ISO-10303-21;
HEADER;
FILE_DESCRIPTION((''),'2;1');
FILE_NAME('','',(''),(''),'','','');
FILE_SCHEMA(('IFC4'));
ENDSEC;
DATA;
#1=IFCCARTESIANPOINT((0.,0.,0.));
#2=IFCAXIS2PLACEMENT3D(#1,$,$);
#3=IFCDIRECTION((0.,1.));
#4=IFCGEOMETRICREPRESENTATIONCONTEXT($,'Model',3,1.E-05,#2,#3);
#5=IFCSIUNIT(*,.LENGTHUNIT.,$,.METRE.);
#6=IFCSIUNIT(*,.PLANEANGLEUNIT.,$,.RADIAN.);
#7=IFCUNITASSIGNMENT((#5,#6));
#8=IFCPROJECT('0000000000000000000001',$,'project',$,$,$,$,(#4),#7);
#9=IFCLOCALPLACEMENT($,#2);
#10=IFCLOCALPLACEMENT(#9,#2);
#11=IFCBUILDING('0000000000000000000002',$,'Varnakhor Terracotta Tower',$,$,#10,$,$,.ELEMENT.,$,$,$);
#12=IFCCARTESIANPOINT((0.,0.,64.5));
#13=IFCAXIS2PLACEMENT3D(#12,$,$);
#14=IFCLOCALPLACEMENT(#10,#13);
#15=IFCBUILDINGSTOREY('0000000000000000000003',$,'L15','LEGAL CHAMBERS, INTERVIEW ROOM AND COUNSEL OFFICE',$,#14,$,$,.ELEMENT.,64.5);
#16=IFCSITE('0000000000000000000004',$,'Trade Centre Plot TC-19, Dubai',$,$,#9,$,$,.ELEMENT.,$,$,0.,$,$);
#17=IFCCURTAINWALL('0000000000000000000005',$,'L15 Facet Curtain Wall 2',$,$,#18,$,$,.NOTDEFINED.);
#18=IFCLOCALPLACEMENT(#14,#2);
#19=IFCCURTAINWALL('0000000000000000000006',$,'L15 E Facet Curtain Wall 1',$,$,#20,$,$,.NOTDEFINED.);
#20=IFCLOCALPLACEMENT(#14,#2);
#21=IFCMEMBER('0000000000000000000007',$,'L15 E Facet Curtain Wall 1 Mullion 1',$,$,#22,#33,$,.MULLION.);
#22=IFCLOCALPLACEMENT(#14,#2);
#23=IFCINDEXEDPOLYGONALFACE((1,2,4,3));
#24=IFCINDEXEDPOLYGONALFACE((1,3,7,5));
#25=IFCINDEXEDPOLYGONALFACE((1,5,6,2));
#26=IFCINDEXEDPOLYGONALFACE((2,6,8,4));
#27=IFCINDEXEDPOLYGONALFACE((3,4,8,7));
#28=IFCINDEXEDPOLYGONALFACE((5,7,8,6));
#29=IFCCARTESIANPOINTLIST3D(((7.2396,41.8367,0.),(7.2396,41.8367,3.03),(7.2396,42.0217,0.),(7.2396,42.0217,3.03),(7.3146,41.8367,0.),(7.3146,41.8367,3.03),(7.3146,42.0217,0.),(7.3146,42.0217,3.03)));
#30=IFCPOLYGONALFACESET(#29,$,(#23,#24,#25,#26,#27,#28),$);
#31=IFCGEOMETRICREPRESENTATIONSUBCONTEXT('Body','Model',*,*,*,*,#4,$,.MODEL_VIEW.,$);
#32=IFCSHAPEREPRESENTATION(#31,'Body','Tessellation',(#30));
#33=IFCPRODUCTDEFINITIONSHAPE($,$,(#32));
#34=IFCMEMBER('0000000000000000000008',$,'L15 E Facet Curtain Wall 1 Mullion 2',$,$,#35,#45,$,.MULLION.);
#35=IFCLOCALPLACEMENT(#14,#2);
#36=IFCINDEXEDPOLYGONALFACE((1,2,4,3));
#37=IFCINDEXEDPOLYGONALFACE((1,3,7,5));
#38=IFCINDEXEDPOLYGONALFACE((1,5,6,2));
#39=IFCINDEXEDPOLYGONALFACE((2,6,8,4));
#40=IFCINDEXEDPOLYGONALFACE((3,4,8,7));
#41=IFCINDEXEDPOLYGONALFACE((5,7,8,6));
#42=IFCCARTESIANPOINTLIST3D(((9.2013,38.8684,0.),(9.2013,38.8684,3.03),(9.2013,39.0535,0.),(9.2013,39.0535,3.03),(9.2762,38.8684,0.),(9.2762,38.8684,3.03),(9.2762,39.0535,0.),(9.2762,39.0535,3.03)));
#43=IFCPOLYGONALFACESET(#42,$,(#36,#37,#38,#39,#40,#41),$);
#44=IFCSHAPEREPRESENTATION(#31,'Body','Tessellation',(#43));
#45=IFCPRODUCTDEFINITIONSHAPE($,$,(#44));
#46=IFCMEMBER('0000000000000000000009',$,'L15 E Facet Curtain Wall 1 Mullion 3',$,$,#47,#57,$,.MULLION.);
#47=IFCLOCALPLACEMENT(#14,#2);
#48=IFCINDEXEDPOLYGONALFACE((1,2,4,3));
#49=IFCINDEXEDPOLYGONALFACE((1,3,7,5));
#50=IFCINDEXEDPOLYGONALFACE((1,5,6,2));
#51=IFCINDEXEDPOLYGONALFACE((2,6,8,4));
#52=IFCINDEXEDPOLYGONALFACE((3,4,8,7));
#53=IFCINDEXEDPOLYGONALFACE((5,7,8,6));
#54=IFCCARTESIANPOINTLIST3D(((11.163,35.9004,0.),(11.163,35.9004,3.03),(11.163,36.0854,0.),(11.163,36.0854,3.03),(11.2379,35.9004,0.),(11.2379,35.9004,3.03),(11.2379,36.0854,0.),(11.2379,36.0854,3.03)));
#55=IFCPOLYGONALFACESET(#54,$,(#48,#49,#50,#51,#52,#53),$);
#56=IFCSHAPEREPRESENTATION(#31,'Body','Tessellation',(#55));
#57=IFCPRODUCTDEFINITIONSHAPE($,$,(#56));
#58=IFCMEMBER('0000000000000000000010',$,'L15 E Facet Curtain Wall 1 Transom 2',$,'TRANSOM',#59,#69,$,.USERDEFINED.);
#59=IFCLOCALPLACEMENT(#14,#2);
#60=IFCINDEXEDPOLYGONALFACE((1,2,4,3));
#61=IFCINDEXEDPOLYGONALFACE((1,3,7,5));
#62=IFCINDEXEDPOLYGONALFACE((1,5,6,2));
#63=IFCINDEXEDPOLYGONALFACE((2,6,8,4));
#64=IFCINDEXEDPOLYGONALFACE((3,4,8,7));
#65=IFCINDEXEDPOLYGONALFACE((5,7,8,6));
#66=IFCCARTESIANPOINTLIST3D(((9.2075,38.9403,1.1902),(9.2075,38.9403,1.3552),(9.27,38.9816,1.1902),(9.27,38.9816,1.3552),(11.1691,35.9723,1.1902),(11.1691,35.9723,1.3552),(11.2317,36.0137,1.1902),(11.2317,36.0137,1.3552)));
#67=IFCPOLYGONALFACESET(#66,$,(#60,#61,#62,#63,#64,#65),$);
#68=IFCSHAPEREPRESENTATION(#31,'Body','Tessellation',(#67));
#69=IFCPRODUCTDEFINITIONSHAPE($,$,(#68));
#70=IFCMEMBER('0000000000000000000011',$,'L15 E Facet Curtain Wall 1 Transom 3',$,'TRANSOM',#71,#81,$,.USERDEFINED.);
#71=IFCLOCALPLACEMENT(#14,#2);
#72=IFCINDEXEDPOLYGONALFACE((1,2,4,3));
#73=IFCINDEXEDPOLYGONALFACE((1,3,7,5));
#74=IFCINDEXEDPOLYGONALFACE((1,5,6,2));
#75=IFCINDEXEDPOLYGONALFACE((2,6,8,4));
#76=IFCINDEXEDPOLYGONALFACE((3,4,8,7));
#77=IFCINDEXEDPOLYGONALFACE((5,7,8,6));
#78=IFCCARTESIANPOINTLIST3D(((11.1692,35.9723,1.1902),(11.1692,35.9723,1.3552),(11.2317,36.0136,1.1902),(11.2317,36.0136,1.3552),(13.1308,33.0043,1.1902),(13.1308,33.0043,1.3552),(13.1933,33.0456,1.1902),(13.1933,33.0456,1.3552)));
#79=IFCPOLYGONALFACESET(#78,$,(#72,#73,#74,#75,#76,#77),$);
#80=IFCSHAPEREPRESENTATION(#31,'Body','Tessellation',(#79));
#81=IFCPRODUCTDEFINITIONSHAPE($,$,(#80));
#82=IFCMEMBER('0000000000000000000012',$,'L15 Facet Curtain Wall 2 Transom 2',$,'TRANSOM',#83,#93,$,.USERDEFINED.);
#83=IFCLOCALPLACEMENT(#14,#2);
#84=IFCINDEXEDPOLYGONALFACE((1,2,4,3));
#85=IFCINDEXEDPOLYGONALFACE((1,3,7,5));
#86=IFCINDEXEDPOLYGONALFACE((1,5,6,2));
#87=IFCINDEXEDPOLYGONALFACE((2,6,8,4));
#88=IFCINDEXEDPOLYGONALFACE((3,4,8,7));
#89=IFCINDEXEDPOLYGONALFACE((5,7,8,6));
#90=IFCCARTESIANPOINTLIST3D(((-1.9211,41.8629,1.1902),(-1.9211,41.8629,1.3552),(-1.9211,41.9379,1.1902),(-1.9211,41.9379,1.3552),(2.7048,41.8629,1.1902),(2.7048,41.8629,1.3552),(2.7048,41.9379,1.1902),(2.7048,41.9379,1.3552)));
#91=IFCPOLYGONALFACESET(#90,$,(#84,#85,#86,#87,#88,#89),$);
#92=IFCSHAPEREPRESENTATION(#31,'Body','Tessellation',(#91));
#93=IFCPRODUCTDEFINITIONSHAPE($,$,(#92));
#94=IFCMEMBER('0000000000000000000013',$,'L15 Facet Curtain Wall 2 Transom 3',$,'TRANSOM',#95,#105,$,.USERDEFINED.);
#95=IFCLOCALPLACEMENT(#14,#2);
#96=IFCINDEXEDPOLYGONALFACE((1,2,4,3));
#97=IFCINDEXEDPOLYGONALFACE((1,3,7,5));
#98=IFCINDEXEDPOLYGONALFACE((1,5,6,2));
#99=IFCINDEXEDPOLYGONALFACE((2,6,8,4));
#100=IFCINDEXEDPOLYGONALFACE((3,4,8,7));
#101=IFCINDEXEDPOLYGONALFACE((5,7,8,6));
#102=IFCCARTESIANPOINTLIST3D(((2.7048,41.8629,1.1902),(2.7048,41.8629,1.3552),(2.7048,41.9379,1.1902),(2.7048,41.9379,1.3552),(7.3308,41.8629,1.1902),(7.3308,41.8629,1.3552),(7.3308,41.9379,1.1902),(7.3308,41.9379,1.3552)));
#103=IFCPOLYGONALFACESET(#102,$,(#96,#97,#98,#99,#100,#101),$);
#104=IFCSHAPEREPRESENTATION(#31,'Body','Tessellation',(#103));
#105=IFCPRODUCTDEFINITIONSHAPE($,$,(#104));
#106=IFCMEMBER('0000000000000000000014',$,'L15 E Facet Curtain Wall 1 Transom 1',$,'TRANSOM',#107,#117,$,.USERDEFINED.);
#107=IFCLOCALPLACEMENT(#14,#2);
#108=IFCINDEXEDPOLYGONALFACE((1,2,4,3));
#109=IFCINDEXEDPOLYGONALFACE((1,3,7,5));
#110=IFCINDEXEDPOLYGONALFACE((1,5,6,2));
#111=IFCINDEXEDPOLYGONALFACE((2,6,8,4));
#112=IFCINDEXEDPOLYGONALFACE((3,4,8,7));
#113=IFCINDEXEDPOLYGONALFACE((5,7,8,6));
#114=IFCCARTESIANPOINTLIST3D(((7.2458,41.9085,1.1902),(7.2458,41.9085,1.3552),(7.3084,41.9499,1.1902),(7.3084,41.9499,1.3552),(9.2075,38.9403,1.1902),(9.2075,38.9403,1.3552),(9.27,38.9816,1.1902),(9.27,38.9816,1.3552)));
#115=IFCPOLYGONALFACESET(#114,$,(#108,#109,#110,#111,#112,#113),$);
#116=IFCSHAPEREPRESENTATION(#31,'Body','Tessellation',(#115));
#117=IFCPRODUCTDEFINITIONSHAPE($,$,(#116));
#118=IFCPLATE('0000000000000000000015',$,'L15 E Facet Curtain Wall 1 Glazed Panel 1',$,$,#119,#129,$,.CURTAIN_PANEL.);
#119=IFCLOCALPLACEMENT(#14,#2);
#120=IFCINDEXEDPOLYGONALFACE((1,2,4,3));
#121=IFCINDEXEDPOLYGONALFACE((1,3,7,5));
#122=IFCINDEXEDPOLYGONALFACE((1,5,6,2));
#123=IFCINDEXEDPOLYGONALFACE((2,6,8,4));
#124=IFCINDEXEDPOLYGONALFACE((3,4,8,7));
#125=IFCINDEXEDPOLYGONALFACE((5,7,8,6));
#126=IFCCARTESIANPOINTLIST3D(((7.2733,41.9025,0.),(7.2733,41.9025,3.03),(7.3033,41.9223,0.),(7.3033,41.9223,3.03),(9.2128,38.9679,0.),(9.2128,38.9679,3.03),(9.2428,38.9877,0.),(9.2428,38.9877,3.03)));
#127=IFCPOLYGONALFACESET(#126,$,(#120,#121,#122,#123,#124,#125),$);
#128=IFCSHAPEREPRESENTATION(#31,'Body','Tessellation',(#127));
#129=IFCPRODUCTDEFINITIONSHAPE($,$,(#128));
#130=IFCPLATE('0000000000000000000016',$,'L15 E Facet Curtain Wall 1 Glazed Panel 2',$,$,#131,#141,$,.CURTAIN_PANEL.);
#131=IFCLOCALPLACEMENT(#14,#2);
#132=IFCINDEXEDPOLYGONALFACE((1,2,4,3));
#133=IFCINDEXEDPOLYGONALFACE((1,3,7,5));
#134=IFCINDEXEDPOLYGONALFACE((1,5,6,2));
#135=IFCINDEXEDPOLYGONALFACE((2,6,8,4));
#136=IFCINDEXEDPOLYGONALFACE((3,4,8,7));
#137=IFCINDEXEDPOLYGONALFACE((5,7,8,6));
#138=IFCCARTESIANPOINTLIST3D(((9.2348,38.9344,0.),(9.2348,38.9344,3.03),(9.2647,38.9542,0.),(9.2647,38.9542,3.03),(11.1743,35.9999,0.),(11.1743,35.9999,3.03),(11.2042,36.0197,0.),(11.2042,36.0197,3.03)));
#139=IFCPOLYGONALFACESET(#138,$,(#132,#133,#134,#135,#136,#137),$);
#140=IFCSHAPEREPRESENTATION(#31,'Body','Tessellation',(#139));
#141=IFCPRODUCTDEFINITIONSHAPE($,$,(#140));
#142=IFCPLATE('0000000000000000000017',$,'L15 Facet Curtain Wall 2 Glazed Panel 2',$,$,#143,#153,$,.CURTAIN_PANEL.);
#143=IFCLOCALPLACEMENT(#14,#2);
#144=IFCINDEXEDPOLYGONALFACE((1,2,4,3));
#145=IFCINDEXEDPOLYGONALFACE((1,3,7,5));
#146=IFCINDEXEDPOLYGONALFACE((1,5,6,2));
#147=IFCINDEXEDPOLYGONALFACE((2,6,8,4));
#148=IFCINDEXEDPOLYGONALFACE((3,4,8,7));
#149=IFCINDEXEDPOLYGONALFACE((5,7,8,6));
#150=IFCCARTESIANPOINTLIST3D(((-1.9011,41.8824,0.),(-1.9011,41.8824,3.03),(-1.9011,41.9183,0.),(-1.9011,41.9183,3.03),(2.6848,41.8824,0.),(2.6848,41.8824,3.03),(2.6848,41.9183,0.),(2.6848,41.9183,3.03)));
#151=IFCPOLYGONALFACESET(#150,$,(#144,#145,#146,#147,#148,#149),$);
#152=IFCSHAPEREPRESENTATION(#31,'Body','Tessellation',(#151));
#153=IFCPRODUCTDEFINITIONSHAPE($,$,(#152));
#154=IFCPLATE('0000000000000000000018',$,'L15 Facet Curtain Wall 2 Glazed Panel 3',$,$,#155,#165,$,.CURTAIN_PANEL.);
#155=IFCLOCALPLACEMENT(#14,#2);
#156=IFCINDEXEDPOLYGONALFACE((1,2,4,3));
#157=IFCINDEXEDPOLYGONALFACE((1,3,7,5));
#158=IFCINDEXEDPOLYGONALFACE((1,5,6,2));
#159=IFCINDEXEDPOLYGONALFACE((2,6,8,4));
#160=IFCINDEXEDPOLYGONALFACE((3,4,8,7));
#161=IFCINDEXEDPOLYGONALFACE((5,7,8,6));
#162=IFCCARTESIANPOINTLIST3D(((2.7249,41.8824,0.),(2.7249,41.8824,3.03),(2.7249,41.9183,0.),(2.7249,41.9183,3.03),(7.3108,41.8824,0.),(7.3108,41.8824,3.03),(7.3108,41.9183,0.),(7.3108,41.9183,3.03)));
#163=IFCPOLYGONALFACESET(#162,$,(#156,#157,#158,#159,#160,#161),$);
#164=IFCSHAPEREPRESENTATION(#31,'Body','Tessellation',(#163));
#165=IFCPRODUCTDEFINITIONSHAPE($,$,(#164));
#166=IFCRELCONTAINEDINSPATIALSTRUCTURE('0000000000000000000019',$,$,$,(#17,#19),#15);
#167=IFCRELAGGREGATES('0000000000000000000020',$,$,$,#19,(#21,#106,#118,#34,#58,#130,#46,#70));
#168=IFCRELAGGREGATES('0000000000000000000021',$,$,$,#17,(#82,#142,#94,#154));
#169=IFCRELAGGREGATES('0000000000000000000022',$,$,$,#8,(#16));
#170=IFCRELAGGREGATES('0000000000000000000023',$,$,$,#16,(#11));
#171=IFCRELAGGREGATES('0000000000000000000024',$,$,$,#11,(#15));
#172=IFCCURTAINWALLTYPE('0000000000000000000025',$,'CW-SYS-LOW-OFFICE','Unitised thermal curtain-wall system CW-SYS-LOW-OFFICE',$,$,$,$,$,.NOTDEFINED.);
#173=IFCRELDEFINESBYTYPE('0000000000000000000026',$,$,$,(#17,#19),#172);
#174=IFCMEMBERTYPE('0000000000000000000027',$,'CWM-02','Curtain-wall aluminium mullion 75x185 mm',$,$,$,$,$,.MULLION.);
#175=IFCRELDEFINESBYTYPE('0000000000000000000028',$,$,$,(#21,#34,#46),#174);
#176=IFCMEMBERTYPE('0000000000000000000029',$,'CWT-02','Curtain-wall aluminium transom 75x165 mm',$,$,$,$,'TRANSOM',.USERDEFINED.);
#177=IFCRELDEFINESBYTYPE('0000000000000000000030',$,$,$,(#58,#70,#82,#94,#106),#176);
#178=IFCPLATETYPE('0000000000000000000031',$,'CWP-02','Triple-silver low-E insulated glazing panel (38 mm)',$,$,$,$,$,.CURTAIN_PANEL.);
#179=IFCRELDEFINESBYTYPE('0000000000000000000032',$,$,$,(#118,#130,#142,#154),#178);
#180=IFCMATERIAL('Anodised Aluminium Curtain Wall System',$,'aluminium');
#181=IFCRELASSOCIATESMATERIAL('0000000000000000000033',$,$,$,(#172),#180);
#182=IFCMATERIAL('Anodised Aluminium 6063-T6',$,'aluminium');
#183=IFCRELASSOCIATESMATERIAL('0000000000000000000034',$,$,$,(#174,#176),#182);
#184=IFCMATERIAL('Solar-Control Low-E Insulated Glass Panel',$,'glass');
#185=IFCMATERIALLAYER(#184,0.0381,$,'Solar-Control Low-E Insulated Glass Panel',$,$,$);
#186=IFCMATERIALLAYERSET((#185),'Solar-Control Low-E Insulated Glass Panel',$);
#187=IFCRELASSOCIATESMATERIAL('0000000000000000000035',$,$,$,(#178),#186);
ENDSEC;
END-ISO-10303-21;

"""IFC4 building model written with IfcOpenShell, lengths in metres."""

from ifc_helpers import new_model, si_unit, direction, frame, origin, origin_2d, place, context, subcontext, project, spatial, rectangle, extrude, source, transform, mapped, material, layer, layer_set, material_profile, profile_set, type_object, type_shapes, element, aggregate, save


model = new_model("IFC4")

# Units and contexts
model_context = context("Model", 3, precision=1e-05, world=origin(), true_north=direction((0.0, 1.0)))
body_context = subcontext(model_context, "Body", "Model", "MODEL_VIEW")
ifc_project = project(units=[si_unit("LENGTHUNIT", "METRE"), si_unit("PLANEANGLEUNIT", "RADIAN")], contexts=[model_context])

# Site, building, storey
site_placement = place(None, origin())
site = spatial("IfcSite", under=ifc_project, at=site_placement, Name="Trade Centre Plot TC-19, Dubai", CompositionType="ELEMENT", RefElevation=0.0)
building_placement = place(site_placement, origin())
building = spatial("IfcBuilding", under=site, at=building_placement, Name="Varnakhor Terracotta Tower", CompositionType="ELEMENT")
storey_placement = place(building_placement, frame((0.0, 0.0, 64.5)))
storey = spatial("IfcBuildingStorey", under=building, at=storey_placement, Name="L15", Description="LEGAL CHAMBERS, INTERVIEW ROOM AND COUNSEL OFFICE", CompositionType="ELEMENT", Elevation=64.5)

# Curtain wall
ifc_material_1 = material(Name="Anodised Aluminium Curtain Wall System", Category="aluminium")
curtain_wall_type = type_object("IfcCurtainWallType", Name="CW-SYS-LOW-OFFICE", Description="Unitised thermal curtain-wall system CW-SYS-LOW-OFFICE", PredefinedType="NOTDEFINED", material=ifc_material_1)
curtain_wall_1_placement = place(storey_placement, origin())
curtain_wall_1 = element("IfcCurtainWall", 1, at=curtain_wall_1_placement, inside=storey, type_object=curtain_wall_type, Name="L15 Facet Curtain Wall 2", PredefinedType="NOTDEFINED")
ifc_material_2 = material(Name="Anodised Aluminium 6063-T6", Category="aluminium")
ifc_material_profile_1 = material_profile(ifc_material_2, rectangle(XDim=0.075, YDim=0.1851, at=origin_2d()), Name="ALU MULLION 75x185")
ifc_profile_set_1 = profile_set([ifc_material_profile_1], Name="Anodised Aluminium 6063-T6")
member_type_1 = type_object("IfcMemberType", Name="CWM-02", Description="Curtain-wall aluminium mullion 75x185 mm", PredefinedType="MULLION", material=ifc_profile_set_1)
shared_shape_1 = source(origin(), body_context, "Body", "SweptSolid", [
    extrude(rectangle(XDim=0.075, YDim=0.1851, at=origin_2d()), origin(), (0.0, 0.0, 1.0), 3.03),
])
type_shapes(member_type_1, [shared_shape_1])

# Curtain wall, members
curtain_wall_2_placement = place(storey_placement, origin())
curtain_wall_2 = element("IfcCurtainWall", 2, at=curtain_wall_2_placement, inside=storey, type_object=curtain_wall_type, Name="L15 E Facet Curtain Wall 1", PredefinedType="NOTDEFINED")
member_1_placement = place(storey_placement, frame((7.2771, 41.9292, 0.0), z_axis=(0.0, 0.0, 1.0), x_axis=(1.0, 0.0, 0.0)))
member_1 = element("IfcMember", 3, at=member_1_placement, type_object=member_type_1, Name="L15 E Facet Curtain Wall 1 Mullion 1", PredefinedType="MULLION", context=body_context, shape_type="MappedRepresentation", body=[
    mapped(shared_shape_1, transform((0.0, 0.0, 0.0), scale=1.0)),
])
member_2_placement = place(storey_placement, frame((9.2388, 38.9609, 0.0), z_axis=(0.0, 0.0, 1.0), x_axis=(1.0, 0.0, 0.0)))
member_2 = element("IfcMember", 4, at=member_2_placement, type_object=member_type_1, Name="L15 E Facet Curtain Wall 1 Mullion 2", PredefinedType="MULLION", context=body_context, shape_type="MappedRepresentation", body=[
    mapped(shared_shape_1, transform((0.0, 0.0, 0.0), scale=1.0)),
])
member_3_placement = place(storey_placement, frame((11.2004, 35.9929, 0.0), z_axis=(0.0, 0.0, 1.0), x_axis=(1.0, 0.0, 0.0)))
member_3 = element("IfcMember", 5, at=member_3_placement, type_object=member_type_1, Name="L15 E Facet Curtain Wall 1 Mullion 3", PredefinedType="MULLION", context=body_context, shape_type="MappedRepresentation", body=[
    mapped(shared_shape_1, transform((0.0, 0.0, 0.0), scale=1.0)),
])
ifc_material_profile_2 = material_profile(ifc_material_2, rectangle(XDim=0.075, YDim=0.165, at=origin_2d()), Name="ALU TRANSOM 75x165")
ifc_profile_set_2 = profile_set([ifc_material_profile_2], Name="Anodised Aluminium 6063-T6")
member_type_2 = type_object("IfcMemberType", Name="CWT-02", Description="Curtain-wall aluminium transom 75x165 mm", ElementType="TRANSOM", PredefinedType="USERDEFINED", material=ifc_profile_set_2)
shared_shape_2 = source(origin(), body_context, "Body", "SweptSolid", [
    extrude(rectangle(XDim=0.075, YDim=0.165, at=origin_2d()), origin(), (0.0, 0.0, 1.0), 3.5576),
])
member_4_placement = place(storey_placement, frame((9.2388, 38.9609, 1.2727), z_axis=(0.551386, -0.83425, 0.0), x_axis=(0.83425, 0.551386, 0.0)))
member_4 = element("IfcMember", 6, at=member_4_placement, type_object=member_type_2, Name="L15 E Facet Curtain Wall 1 Transom 2", ObjectType="TRANSOM", PredefinedType="USERDEFINED", context=body_context, shape_type="MappedRepresentation", body=[
    mapped(shared_shape_2, transform((0.0, 0.0, 0.0), scale=1.0)),
])
member_5_placement = place(storey_placement, frame((11.2004, 35.9929, 1.2727), z_axis=(0.551386, -0.83425, 0.0), x_axis=(0.83425, 0.551386, 0.0)))
member_5 = element("IfcMember", 7, at=member_5_placement, type_object=member_type_2, Name="L15 E Facet Curtain Wall 1 Transom 3", ObjectType="TRANSOM", PredefinedType="USERDEFINED", context=body_context, shape_type="MappedRepresentation", body=[
    mapped(shared_shape_2, transform((0.0, 0.0, 0.0), scale=1.0)),
])

# Members
shared_shape_3 = source(origin(), body_context, "Body", "SweptSolid", [
    extrude(rectangle(XDim=0.075, YDim=0.165, at=origin_2d()), origin(), (0.0, 0.0, 1.0), 4.626),
])
member_6_placement = place(storey_placement, frame((-1.9211, 41.9004, 1.2727), z_axis=(1.0, 0.0, 0.0), x_axis=(0.0, 1.0, 0.0)))
member_6 = element("IfcMember", 8, at=member_6_placement, type_object=member_type_2, Name="L15 Facet Curtain Wall 2 Transom 2", ObjectType="TRANSOM", PredefinedType="USERDEFINED", context=body_context, shape_type="MappedRepresentation", body=[
    mapped(shared_shape_3, transform((0.0, 0.0, 0.0), scale=1.0)),
])
member_7_placement = place(storey_placement, frame((2.7048, 41.9004, 1.2727), z_axis=(1.0, 0.0, 0.0), x_axis=(0.0, 1.0, 0.0)))
member_7 = element("IfcMember", 9, at=member_7_placement, type_object=member_type_2, Name="L15 Facet Curtain Wall 2 Transom 3", ObjectType="TRANSOM", PredefinedType="USERDEFINED", context=body_context, shape_type="MappedRepresentation", body=[
    mapped(shared_shape_3, transform((0.0, 0.0, 0.0), scale=1.0)),
])
shared_shape_4 = source(origin(), body_context, "Body", "SweptSolid", [
    extrude(rectangle(XDim=0.075, YDim=0.165, at=origin_2d()), origin(), (0.0, 0.0, 1.0), 3.5579),
])
member_8_placement = place(storey_placement, frame((7.2771, 41.9292, 1.2727), z_axis=(0.551355, -0.834271, 0.0), x_axis=(0.834271, 0.551355, 0.0)))
member_8 = element("IfcMember", 10, at=member_8_placement, type_object=member_type_2, Name="L15 E Facet Curtain Wall 1 Transom 1", ObjectType="TRANSOM", PredefinedType="USERDEFINED", context=body_context, shape_type="MappedRepresentation", body=[
    mapped(shared_shape_4, transform((0.0, 0.0, 0.0), scale=1.0)),
])

# Plates
ifc_material_3 = material(Name="Solar-Control Low-E Insulated Glass Panel", Category="glass")
ifc_layer = layer(ifc_material_3, 0.0381, Name="Solar-Control Low-E Insulated Glass Panel")
ifc_layer_set = layer_set([ifc_layer], Name="Solar-Control Low-E Insulated Glass Panel")
plate_type = type_object("IfcPlateType", Name="CWP-02", Description="Triple-silver low-E insulated glazing panel (38 mm)", PredefinedType="CURTAIN_PANEL", material=ifc_layer_set)
shared_shape_5 = source(origin(), body_context, "Body", "SweptSolid", [
    extrude(rectangle(XDim=3.5176, YDim=0.0359, at=origin_2d()), origin(), (0.0, 0.0, 1.0), 3.03),
])
plate_1_placement = place(storey_placement, frame((8.2581, 40.4451, 0.0), z_axis=(0.0, 0.0, 1.0), x_axis=(0.551369, -0.834261, 0.0)))
plate_1 = element("IfcPlate", 11, at=plate_1_placement, type_object=plate_type, Name="L15 E Facet Curtain Wall 1 Glazed Panel 1", PredefinedType="CURTAIN_PANEL", context=body_context, shape_type="MappedRepresentation", body=[
    mapped(shared_shape_5, transform((0.0, 0.0, 0.0), scale=1.0)),
])
plate_2_placement = place(storey_placement, frame((10.2195, 37.4771, 0.0), z_axis=(0.0, 0.0, 1.0), x_axis=(0.551369, -0.834261, 0.0)))
plate_2 = element("IfcPlate", 12, at=plate_2_placement, type_object=plate_type, Name="L15 E Facet Curtain Wall 1 Glazed Panel 2", PredefinedType="CURTAIN_PANEL", context=body_context, shape_type="MappedRepresentation", body=[
    mapped(shared_shape_5, transform((0.0, 0.0, 0.0), scale=1.0)),
])
aggregate(curtain_wall_2, [member_1, member_8, plate_1, member_2, member_4, plate_2, member_3, member_5])
shared_shape_6 = source(origin(), body_context, "Body", "SweptSolid", [
    extrude(rectangle(XDim=4.5859, YDim=0.0359, at=origin_2d()), origin(), (0.0, 0.0, 1.0), 3.03),
])
plate_3_placement = place(storey_placement, frame((0.3918, 41.9004, 0.0), z_axis=(0.0, 0.0, 1.0), x_axis=(1.0, 0.0, 0.0)))
plate_3 = element("IfcPlate", 13, at=plate_3_placement, type_object=plate_type, Name="L15 Facet Curtain Wall 2 Glazed Panel 2", PredefinedType="CURTAIN_PANEL", context=body_context, shape_type="MappedRepresentation", body=[
    mapped(shared_shape_6, transform((0.0, 0.0, 0.0), scale=1.0)),
])
plate_4_placement = place(storey_placement, frame((5.0178, 41.9004, 0.0), z_axis=(0.0, 0.0, 1.0), x_axis=(1.0, 0.0, 0.0)))
plate_4 = element("IfcPlate", 14, at=plate_4_placement, type_object=plate_type, Name="L15 Facet Curtain Wall 2 Glazed Panel 3", PredefinedType="CURTAIN_PANEL", context=body_context, shape_type="MappedRepresentation", body=[
    mapped(shared_shape_6, transform((0.0, 0.0, 0.0), scale=1.0)),
])
aggregate(curtain_wall_1, [member_6, plate_3, member_7, plate_4])

save(model, "model.ifc")
